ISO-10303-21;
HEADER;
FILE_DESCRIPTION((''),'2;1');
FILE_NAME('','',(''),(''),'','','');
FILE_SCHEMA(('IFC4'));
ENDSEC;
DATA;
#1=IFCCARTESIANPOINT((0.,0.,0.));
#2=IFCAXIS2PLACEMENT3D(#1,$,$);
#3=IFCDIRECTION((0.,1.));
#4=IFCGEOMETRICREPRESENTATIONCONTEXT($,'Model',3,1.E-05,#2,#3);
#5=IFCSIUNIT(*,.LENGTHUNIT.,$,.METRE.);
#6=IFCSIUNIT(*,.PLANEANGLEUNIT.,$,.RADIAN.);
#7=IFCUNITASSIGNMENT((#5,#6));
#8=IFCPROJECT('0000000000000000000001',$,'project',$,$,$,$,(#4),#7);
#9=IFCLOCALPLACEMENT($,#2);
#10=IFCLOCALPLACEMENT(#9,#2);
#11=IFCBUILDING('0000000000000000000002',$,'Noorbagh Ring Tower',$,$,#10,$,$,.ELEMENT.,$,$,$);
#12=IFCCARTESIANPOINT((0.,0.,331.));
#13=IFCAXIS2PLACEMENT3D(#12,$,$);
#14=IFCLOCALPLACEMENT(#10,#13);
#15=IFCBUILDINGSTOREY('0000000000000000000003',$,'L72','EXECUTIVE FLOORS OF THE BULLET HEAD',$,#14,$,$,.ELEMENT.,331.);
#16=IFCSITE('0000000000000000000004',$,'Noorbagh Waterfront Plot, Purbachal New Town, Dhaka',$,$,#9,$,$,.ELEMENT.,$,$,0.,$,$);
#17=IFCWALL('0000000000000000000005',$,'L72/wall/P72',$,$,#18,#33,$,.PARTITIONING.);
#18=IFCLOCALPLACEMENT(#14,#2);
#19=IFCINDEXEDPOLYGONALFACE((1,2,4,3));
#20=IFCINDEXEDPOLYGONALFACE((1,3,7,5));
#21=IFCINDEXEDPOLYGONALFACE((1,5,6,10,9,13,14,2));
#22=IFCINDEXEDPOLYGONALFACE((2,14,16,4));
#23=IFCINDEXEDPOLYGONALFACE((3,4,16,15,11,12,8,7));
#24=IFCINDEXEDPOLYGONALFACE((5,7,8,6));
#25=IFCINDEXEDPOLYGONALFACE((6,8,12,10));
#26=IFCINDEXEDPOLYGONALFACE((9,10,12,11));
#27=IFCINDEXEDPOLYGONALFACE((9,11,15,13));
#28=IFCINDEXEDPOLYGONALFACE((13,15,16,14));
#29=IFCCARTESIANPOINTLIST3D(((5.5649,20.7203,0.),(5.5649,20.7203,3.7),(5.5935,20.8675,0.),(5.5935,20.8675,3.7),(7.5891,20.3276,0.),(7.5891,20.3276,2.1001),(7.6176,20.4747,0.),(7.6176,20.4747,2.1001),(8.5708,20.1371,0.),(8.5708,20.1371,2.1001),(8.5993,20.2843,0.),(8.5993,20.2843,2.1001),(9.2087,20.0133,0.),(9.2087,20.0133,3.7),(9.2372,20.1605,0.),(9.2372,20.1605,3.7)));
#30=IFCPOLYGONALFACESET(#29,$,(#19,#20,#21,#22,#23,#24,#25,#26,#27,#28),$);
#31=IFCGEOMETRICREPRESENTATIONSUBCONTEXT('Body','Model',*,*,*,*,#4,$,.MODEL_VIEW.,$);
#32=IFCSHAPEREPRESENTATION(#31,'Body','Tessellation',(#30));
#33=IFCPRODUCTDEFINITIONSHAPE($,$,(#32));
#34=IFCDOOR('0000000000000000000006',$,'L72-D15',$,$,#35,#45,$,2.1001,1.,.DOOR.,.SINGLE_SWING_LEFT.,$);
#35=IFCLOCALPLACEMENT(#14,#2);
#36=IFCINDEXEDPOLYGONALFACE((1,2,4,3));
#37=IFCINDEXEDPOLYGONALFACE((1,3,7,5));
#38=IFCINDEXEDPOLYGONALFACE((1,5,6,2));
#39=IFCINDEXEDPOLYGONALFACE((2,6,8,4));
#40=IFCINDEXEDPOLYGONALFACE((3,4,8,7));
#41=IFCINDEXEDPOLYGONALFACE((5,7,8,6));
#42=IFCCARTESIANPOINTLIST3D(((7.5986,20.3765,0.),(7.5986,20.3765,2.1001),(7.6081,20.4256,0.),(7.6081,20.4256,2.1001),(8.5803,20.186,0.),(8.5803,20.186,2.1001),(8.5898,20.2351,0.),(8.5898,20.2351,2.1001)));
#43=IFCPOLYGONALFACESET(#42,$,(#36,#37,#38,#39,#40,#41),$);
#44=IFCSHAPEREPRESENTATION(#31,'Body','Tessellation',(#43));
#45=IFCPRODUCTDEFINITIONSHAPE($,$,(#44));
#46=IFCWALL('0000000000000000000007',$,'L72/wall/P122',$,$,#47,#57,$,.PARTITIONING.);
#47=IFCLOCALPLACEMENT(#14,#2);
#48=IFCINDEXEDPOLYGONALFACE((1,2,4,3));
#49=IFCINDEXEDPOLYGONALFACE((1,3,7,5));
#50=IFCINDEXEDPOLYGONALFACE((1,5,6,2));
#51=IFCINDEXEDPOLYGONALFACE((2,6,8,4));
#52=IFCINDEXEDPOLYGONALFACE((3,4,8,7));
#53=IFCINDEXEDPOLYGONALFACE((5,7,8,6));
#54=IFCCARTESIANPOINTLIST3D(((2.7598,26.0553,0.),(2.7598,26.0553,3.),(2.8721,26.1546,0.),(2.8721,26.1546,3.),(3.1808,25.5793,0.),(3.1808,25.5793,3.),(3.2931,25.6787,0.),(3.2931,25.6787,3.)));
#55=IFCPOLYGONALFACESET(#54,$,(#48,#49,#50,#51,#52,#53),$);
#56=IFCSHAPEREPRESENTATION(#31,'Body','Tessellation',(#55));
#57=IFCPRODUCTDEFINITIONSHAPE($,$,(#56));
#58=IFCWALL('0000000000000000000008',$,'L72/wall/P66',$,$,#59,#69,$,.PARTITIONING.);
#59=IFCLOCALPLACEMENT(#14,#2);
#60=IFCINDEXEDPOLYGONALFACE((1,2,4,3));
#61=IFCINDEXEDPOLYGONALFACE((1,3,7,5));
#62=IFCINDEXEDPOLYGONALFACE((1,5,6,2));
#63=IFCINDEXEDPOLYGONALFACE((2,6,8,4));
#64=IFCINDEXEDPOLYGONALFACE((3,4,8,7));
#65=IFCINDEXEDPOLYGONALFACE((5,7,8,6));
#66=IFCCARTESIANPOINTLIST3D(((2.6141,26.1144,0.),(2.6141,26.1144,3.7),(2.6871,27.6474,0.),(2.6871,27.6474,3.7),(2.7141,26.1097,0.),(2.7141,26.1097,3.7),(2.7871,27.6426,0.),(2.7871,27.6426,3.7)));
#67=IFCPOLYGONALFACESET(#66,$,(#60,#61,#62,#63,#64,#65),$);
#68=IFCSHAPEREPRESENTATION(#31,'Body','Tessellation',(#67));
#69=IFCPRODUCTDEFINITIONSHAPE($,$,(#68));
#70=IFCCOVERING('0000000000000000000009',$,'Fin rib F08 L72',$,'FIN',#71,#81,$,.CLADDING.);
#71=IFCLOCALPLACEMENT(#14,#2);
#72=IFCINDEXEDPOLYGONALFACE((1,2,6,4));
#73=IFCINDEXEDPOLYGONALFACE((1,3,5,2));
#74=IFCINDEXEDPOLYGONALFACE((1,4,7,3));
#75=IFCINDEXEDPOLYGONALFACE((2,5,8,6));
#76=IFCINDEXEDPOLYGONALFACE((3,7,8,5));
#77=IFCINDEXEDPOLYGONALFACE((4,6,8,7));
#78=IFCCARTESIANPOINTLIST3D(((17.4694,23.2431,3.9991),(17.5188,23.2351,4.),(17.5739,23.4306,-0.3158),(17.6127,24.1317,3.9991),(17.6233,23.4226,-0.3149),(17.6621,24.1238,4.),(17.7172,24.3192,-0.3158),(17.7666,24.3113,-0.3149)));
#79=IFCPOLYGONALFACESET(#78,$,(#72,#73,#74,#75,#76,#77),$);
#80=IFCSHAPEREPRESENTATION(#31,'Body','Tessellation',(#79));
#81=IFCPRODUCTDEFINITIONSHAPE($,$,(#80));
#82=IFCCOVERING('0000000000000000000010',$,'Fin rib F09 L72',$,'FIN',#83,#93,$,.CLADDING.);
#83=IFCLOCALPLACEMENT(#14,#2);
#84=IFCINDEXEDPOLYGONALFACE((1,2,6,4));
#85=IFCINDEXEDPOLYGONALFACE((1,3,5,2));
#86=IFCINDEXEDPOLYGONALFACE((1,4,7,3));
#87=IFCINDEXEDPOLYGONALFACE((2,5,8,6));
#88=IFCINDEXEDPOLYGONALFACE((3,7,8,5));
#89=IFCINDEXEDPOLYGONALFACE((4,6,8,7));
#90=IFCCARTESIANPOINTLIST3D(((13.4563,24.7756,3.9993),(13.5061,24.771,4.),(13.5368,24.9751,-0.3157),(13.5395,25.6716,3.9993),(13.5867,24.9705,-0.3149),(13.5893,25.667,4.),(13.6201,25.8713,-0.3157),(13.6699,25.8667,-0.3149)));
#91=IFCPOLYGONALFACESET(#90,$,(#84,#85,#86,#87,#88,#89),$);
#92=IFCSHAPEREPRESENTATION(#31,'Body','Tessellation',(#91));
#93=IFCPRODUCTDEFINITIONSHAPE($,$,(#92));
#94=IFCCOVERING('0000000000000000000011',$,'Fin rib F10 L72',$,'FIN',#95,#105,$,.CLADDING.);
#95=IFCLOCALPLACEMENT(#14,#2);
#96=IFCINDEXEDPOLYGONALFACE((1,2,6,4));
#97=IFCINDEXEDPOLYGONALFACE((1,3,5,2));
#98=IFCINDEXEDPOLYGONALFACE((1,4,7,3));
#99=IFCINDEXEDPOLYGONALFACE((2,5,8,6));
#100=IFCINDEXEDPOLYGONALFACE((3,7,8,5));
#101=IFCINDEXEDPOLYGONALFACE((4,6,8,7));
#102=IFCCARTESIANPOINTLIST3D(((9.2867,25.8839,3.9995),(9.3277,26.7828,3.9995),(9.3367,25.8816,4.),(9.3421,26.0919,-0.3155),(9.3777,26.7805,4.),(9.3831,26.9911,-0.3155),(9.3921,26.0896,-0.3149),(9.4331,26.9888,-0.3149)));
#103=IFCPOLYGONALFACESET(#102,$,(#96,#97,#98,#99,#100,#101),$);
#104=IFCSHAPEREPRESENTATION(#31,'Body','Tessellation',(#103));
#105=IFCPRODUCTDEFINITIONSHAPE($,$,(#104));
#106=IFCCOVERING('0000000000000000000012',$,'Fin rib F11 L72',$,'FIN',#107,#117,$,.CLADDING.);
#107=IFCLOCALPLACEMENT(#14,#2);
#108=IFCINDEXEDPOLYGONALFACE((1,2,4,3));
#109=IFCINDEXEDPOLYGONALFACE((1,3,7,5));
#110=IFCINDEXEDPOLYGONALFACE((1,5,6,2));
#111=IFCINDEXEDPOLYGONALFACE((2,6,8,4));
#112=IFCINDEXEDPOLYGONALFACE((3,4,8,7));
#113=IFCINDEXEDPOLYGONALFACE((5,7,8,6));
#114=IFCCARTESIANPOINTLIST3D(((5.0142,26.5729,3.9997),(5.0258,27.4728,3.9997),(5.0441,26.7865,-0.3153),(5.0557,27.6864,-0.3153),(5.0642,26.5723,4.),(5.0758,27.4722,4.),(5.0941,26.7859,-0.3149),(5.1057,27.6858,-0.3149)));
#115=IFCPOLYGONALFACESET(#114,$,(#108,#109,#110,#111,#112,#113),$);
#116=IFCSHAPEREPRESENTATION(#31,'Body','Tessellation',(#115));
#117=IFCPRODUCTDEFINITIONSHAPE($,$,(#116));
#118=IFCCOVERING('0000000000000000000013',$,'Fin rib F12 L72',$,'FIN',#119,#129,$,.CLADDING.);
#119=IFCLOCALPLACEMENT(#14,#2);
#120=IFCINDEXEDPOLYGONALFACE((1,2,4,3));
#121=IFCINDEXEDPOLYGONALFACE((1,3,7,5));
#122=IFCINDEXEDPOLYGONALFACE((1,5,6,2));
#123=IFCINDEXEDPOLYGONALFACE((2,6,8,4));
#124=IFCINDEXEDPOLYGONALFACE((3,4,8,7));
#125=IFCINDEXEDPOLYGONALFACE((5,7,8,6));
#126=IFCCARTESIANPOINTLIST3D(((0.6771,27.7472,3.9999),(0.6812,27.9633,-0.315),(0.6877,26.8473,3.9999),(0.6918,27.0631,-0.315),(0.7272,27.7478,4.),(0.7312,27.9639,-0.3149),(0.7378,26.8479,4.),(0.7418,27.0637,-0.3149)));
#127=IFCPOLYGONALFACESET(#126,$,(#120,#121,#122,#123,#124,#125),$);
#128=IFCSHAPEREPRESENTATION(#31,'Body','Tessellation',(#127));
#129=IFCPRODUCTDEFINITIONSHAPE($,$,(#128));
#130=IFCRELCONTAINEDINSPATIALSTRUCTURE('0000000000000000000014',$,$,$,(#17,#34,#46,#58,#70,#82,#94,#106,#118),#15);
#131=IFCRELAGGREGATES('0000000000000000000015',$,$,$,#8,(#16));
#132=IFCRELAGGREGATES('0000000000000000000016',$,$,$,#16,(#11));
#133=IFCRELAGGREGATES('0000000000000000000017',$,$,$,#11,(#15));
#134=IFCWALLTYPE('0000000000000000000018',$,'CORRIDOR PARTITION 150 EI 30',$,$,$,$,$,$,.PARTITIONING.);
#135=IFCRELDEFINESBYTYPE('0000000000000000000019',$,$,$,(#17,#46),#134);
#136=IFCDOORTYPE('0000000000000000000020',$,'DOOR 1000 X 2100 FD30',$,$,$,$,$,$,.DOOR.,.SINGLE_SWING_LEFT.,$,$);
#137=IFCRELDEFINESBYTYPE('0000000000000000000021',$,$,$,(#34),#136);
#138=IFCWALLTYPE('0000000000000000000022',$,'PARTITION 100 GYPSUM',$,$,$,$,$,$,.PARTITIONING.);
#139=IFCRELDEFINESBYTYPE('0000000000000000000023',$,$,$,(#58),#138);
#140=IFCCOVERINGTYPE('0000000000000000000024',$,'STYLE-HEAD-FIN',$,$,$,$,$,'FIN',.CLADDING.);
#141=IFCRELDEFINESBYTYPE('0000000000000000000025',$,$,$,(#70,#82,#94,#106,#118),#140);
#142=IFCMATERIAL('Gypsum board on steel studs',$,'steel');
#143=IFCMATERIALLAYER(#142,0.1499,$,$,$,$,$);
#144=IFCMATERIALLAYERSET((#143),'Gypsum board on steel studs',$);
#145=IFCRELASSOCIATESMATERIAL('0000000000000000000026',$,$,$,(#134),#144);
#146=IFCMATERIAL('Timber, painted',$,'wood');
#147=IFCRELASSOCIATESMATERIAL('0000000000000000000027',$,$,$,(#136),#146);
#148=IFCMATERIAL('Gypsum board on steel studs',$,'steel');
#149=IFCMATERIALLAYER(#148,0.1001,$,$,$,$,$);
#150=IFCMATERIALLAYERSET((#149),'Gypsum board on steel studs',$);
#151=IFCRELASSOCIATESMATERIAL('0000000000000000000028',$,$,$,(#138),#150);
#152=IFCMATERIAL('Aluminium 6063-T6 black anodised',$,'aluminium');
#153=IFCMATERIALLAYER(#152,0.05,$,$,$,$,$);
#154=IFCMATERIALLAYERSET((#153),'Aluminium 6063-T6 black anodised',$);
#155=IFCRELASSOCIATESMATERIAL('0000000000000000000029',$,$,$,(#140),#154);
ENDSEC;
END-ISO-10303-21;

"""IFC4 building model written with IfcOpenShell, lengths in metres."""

from ifc_helpers import new_model, si_unit, direction, frame, frame_2d, origin, place, context, subcontext, project, spatial, polyline, rectangle, outline, extrude, material, layer, layer_set, type_object, element, fill, save


model = new_model("IFC4")

# Units and contexts
model_context = context("Model", 3, precision=1e-05, world=origin(), true_north=direction((0.0, 1.0)))
body_context = subcontext(model_context, "Body", "Model", "MODEL_VIEW")
ifc_project = project(units=[si_unit("LENGTHUNIT", "METRE"), si_unit("PLANEANGLEUNIT", "RADIAN")], contexts=[model_context])

# Site, building, storey
site_placement = place(None, origin())
site = spatial("IfcSite", under=ifc_project, at=site_placement, Name="Noorbagh Waterfront Plot, Purbachal New Town, Dhaka", CompositionType="ELEMENT", RefElevation=0.0)
building_placement = place(site_placement, origin())
building = spatial("IfcBuilding", under=site, at=building_placement, Name="Noorbagh Ring Tower", CompositionType="ELEMENT")
storey_placement = place(building_placement, frame((0.0, 0.0, 331.0)))
storey = spatial("IfcBuildingStorey", under=building, at=storey_placement, Name="L72", Description="EXECUTIVE FLOORS OF THE BULLET HEAD", CompositionType="ELEMENT", Elevation=331.0)

# Shared definitions
ifc_material_1 = material(Name="Gypsum board on steel studs", Category="steel")
ifc_layer_1 = layer(ifc_material_1, 0.1499)
ifc_layer_set_1 = layer_set([ifc_layer_1], Name="Gypsum board on steel studs")
wall_type_1 = type_object("IfcWallType", Name="CORRIDOR PARTITION 150 EI 30", PredefinedType="PARTITIONING", material=ifc_layer_set_1)

# Wall, opening, door
wall_1_placement = place(storey_placement, frame((5.5791, 20.7939, 0.0), z_axis=(0.0, 0.0, 1.0), x_axis=(0.98169, -0.190484, 0.0)))
wall_1 = element("IfcWall", 1, at=wall_1_placement, inside=storey, type_object=wall_type_1, Name="L72/wall/P72", PredefinedType="PARTITIONING", context=body_context, shape_type="SweptSolid", body=[
    extrude(rectangle(XDim=3.7117, YDim=0.1499, at=frame_2d((1.856, 0.0))), origin(), (0.0, 0.0, 1.0), 3.7),
])
opening_placement = place(wall_1_placement, frame((2.062, 0.0, 0.0)))
opening = element("IfcOpeningElement", 2, at=opening_placement, cuts=wall_1, PredefinedType="OPENING", context=body_context, shape_type="SweptSolid", body=[
    extrude(rectangle(XDim=1.0, YDim=2.1001, at=frame_2d((0.5, 1.05))), frame((0.0, 0.085, 0.0), z_axis=(0.0, -1.0, 0.0), x_axis=(1.0, 0.0, 0.0)), (0.0, 0.0, 1.0), 0.1699),
])
ifc_material_2 = material(Name="Timber, painted", Category="wood")
door_type = type_object("IfcDoorType", Name="DOOR 1000 X 2100 FD30", OperationType="SINGLE_SWING_LEFT", PredefinedType="DOOR", material=ifc_material_2)
door_placement = place(opening_placement, origin())
door = element("IfcDoor", 3, at=door_placement, inside=storey, type_object=door_type, Name="L72-D15", OperationType="SINGLE_SWING_LEFT", OverallHeight=2.1001, OverallWidth=1.0, PredefinedType="DOOR", context=body_context, shape_type="SweptSolid", body=[
    extrude(rectangle(XDim=1.0, YDim=2.1001, at=frame_2d((0.5, 1.05))), frame((0.0, 0.0249, 0.0), z_axis=(0.0, -1.0, 0.0), x_axis=(1.0, 0.0, 0.0)), (0.0, 0.0, 1.0), 0.05),
])
fill(opening, door)

# Walls
wall_2_placement = place(storey_placement, frame((3.2371, 25.6289, 0.0), z_axis=(0.0, 0.0, 1.0), x_axis=(-0.662574, 0.748997, 0.0)))
element("IfcWall", 4, at=wall_2_placement, inside=storey, type_object=wall_type_1, Name="L72/wall/P122", PredefinedType="PARTITIONING", context=body_context, shape_type="SweptSolid", body=[
    extrude(rectangle(XDim=0.6355, YDim=0.1499, at=frame_2d((0.3179, 0.0))), origin(), (0.0, 0.0, 1.0), 3.0),
])
ifc_material_3 = material(Name="Gypsum board on steel studs", Category="steel")
ifc_layer_2 = layer(ifc_material_3, 0.1001)
ifc_layer_set_2 = layer_set([ifc_layer_2], Name="Gypsum board on steel studs")
wall_type_2 = type_object("IfcWallType", Name="PARTITION 100 GYPSUM", PredefinedType="PARTITIONING", material=ifc_layer_set_2)
wall_3_placement = place(storey_placement, frame((2.6641, 26.1121, 0.0), z_axis=(0.0, 0.0, 1.0), x_axis=(0.047565, 0.998868, 0.0)))
element("IfcWall", 5, at=wall_3_placement, inside=storey, type_object=wall_type_2, Name="L72/wall/P66", PredefinedType="PARTITIONING", context=body_context, shape_type="SweptSolid", body=[
    extrude(rectangle(XDim=1.5347, YDim=0.1001, at=frame_2d((0.7673, 0.0))), origin(), (0.0, 0.0, 1.0), 3.7),
])

# Coverings
ifc_material_4 = material(Name="Aluminium 6063-T6 black anodised", Category="aluminium")
ifc_layer_3 = layer(ifc_material_4, 0.05)
ifc_layer_set_3 = layer_set([ifc_layer_3], Name="Aluminium 6063-T6 black anodised")
covering_type_1 = type_object("IfcCoveringType", Name="STYLE-HEAD-FIN", ElementType="FIN", PredefinedType="CLADDING", material=ifc_layer_set_3)
covering_1_placement = place(storey_placement, frame((17.7666, 24.3113, -0.3149), z_axis=(0.987103, -0.159184, 0.016987), x_axis=(-0.024186, -0.0434, 0.998765)))
element("IfcCovering", 6, at=covering_1_placement, inside=storey, type_object=covering_type_1, Name="Fin rib F08 L72", ObjectType="FIN", PredefinedType="CLADDING", context=body_context, shape_type="SweptSolid", body=[
    extrude(outline(polyline([(0.0, 0.0), (4.3203, 0.0), (4.3623, 0.8992), (0.042, 0.8992), (0.0, 0.0)])), origin(), (0.0, 0.0, -1.0), 0.05),
])
covering_2_placement = place(storey_placement, frame((13.6699, 25.8667, -0.3149), z_axis=(0.99561, -0.092495, 0.014311), x_axis=(-0.018651, -0.046225, 0.998757)))
element("IfcCovering", 7, at=covering_2_placement, inside=storey, type_object=covering_type_1, Name="Fin rib F09 L72", ObjectType="FIN", PredefinedType="CLADDING", context=body_context, shape_type="SweptSolid", body=[
    extrude(outline(polyline([(0.0, 0.0), (4.3203, 0.0), (4.3633, 0.8988), (0.043, 0.8991), (0.0, 0.0)])), origin(), (0.0, 0.0, -1.0), 0.05),
])
covering_3_placement = place(storey_placement, frame((9.4331, 26.9888, -0.3149), z_axis=(0.998905, -0.045571, 0.010632), x_axis=(-0.012829, -0.048203, 0.998755)))
element("IfcCovering", 8, at=covering_3_placement, inside=storey, type_object=covering_type_1, Name="Fin rib F10 L72", ObjectType="FIN", PredefinedType="CLADDING", context=body_context, shape_type="SweptSolid", body=[
    extrude(outline(polyline([(0.0, 0.0), (4.3203, 0.0), (4.3642, 0.8988), (0.0439, 0.899), (0.0, 0.0)])), origin(), (0.0, 0.0, -1.0), 0.05),
])
covering_4_placement = place(storey_placement, frame((5.1057, 27.6858, -0.3149), z_axis=(0.999897, -0.012885, 0.006292), x_axis=(-0.006922, -0.049446, 0.998753)))
element("IfcCovering", 9, at=covering_4_placement, inside=storey, type_object=covering_type_1, Name="Fin rib F11 L72", ObjectType="FIN", PredefinedType="CLADDING", context=body_context, shape_type="SweptSolid", body=[
    extrude(outline(polyline([(0.0, 0.0), (4.3203, 0.0), (4.3649, 0.8989), (0.0446, 0.8989), (0.0, 0.0)])), origin(), (0.0, 0.0, -1.0), 0.05),
])
covering_5_placement = place(storey_placement, frame((0.7312, 27.9639, -0.3149), z_axis=(0.999929, 0.011799, 0.001524), x_axis=(-0.000932, -0.050011, 0.998748)))
element("IfcCovering", 10, at=covering_5_placement, inside=storey, type_object=covering_type_1, Name="Fin rib F12 L72", ObjectType="FIN", PredefinedType="CLADDING", context=body_context, shape_type="SweptSolid", body=[
    extrude(outline(polyline([(0.0, 0.0), (4.3203, 0.0), (4.3653, 0.8988), (0.045, 0.8991), (0.0, 0.0)])), origin(), (0.0, 0.0, -1.0), 0.05),
])

save(model, "model.ifc")
